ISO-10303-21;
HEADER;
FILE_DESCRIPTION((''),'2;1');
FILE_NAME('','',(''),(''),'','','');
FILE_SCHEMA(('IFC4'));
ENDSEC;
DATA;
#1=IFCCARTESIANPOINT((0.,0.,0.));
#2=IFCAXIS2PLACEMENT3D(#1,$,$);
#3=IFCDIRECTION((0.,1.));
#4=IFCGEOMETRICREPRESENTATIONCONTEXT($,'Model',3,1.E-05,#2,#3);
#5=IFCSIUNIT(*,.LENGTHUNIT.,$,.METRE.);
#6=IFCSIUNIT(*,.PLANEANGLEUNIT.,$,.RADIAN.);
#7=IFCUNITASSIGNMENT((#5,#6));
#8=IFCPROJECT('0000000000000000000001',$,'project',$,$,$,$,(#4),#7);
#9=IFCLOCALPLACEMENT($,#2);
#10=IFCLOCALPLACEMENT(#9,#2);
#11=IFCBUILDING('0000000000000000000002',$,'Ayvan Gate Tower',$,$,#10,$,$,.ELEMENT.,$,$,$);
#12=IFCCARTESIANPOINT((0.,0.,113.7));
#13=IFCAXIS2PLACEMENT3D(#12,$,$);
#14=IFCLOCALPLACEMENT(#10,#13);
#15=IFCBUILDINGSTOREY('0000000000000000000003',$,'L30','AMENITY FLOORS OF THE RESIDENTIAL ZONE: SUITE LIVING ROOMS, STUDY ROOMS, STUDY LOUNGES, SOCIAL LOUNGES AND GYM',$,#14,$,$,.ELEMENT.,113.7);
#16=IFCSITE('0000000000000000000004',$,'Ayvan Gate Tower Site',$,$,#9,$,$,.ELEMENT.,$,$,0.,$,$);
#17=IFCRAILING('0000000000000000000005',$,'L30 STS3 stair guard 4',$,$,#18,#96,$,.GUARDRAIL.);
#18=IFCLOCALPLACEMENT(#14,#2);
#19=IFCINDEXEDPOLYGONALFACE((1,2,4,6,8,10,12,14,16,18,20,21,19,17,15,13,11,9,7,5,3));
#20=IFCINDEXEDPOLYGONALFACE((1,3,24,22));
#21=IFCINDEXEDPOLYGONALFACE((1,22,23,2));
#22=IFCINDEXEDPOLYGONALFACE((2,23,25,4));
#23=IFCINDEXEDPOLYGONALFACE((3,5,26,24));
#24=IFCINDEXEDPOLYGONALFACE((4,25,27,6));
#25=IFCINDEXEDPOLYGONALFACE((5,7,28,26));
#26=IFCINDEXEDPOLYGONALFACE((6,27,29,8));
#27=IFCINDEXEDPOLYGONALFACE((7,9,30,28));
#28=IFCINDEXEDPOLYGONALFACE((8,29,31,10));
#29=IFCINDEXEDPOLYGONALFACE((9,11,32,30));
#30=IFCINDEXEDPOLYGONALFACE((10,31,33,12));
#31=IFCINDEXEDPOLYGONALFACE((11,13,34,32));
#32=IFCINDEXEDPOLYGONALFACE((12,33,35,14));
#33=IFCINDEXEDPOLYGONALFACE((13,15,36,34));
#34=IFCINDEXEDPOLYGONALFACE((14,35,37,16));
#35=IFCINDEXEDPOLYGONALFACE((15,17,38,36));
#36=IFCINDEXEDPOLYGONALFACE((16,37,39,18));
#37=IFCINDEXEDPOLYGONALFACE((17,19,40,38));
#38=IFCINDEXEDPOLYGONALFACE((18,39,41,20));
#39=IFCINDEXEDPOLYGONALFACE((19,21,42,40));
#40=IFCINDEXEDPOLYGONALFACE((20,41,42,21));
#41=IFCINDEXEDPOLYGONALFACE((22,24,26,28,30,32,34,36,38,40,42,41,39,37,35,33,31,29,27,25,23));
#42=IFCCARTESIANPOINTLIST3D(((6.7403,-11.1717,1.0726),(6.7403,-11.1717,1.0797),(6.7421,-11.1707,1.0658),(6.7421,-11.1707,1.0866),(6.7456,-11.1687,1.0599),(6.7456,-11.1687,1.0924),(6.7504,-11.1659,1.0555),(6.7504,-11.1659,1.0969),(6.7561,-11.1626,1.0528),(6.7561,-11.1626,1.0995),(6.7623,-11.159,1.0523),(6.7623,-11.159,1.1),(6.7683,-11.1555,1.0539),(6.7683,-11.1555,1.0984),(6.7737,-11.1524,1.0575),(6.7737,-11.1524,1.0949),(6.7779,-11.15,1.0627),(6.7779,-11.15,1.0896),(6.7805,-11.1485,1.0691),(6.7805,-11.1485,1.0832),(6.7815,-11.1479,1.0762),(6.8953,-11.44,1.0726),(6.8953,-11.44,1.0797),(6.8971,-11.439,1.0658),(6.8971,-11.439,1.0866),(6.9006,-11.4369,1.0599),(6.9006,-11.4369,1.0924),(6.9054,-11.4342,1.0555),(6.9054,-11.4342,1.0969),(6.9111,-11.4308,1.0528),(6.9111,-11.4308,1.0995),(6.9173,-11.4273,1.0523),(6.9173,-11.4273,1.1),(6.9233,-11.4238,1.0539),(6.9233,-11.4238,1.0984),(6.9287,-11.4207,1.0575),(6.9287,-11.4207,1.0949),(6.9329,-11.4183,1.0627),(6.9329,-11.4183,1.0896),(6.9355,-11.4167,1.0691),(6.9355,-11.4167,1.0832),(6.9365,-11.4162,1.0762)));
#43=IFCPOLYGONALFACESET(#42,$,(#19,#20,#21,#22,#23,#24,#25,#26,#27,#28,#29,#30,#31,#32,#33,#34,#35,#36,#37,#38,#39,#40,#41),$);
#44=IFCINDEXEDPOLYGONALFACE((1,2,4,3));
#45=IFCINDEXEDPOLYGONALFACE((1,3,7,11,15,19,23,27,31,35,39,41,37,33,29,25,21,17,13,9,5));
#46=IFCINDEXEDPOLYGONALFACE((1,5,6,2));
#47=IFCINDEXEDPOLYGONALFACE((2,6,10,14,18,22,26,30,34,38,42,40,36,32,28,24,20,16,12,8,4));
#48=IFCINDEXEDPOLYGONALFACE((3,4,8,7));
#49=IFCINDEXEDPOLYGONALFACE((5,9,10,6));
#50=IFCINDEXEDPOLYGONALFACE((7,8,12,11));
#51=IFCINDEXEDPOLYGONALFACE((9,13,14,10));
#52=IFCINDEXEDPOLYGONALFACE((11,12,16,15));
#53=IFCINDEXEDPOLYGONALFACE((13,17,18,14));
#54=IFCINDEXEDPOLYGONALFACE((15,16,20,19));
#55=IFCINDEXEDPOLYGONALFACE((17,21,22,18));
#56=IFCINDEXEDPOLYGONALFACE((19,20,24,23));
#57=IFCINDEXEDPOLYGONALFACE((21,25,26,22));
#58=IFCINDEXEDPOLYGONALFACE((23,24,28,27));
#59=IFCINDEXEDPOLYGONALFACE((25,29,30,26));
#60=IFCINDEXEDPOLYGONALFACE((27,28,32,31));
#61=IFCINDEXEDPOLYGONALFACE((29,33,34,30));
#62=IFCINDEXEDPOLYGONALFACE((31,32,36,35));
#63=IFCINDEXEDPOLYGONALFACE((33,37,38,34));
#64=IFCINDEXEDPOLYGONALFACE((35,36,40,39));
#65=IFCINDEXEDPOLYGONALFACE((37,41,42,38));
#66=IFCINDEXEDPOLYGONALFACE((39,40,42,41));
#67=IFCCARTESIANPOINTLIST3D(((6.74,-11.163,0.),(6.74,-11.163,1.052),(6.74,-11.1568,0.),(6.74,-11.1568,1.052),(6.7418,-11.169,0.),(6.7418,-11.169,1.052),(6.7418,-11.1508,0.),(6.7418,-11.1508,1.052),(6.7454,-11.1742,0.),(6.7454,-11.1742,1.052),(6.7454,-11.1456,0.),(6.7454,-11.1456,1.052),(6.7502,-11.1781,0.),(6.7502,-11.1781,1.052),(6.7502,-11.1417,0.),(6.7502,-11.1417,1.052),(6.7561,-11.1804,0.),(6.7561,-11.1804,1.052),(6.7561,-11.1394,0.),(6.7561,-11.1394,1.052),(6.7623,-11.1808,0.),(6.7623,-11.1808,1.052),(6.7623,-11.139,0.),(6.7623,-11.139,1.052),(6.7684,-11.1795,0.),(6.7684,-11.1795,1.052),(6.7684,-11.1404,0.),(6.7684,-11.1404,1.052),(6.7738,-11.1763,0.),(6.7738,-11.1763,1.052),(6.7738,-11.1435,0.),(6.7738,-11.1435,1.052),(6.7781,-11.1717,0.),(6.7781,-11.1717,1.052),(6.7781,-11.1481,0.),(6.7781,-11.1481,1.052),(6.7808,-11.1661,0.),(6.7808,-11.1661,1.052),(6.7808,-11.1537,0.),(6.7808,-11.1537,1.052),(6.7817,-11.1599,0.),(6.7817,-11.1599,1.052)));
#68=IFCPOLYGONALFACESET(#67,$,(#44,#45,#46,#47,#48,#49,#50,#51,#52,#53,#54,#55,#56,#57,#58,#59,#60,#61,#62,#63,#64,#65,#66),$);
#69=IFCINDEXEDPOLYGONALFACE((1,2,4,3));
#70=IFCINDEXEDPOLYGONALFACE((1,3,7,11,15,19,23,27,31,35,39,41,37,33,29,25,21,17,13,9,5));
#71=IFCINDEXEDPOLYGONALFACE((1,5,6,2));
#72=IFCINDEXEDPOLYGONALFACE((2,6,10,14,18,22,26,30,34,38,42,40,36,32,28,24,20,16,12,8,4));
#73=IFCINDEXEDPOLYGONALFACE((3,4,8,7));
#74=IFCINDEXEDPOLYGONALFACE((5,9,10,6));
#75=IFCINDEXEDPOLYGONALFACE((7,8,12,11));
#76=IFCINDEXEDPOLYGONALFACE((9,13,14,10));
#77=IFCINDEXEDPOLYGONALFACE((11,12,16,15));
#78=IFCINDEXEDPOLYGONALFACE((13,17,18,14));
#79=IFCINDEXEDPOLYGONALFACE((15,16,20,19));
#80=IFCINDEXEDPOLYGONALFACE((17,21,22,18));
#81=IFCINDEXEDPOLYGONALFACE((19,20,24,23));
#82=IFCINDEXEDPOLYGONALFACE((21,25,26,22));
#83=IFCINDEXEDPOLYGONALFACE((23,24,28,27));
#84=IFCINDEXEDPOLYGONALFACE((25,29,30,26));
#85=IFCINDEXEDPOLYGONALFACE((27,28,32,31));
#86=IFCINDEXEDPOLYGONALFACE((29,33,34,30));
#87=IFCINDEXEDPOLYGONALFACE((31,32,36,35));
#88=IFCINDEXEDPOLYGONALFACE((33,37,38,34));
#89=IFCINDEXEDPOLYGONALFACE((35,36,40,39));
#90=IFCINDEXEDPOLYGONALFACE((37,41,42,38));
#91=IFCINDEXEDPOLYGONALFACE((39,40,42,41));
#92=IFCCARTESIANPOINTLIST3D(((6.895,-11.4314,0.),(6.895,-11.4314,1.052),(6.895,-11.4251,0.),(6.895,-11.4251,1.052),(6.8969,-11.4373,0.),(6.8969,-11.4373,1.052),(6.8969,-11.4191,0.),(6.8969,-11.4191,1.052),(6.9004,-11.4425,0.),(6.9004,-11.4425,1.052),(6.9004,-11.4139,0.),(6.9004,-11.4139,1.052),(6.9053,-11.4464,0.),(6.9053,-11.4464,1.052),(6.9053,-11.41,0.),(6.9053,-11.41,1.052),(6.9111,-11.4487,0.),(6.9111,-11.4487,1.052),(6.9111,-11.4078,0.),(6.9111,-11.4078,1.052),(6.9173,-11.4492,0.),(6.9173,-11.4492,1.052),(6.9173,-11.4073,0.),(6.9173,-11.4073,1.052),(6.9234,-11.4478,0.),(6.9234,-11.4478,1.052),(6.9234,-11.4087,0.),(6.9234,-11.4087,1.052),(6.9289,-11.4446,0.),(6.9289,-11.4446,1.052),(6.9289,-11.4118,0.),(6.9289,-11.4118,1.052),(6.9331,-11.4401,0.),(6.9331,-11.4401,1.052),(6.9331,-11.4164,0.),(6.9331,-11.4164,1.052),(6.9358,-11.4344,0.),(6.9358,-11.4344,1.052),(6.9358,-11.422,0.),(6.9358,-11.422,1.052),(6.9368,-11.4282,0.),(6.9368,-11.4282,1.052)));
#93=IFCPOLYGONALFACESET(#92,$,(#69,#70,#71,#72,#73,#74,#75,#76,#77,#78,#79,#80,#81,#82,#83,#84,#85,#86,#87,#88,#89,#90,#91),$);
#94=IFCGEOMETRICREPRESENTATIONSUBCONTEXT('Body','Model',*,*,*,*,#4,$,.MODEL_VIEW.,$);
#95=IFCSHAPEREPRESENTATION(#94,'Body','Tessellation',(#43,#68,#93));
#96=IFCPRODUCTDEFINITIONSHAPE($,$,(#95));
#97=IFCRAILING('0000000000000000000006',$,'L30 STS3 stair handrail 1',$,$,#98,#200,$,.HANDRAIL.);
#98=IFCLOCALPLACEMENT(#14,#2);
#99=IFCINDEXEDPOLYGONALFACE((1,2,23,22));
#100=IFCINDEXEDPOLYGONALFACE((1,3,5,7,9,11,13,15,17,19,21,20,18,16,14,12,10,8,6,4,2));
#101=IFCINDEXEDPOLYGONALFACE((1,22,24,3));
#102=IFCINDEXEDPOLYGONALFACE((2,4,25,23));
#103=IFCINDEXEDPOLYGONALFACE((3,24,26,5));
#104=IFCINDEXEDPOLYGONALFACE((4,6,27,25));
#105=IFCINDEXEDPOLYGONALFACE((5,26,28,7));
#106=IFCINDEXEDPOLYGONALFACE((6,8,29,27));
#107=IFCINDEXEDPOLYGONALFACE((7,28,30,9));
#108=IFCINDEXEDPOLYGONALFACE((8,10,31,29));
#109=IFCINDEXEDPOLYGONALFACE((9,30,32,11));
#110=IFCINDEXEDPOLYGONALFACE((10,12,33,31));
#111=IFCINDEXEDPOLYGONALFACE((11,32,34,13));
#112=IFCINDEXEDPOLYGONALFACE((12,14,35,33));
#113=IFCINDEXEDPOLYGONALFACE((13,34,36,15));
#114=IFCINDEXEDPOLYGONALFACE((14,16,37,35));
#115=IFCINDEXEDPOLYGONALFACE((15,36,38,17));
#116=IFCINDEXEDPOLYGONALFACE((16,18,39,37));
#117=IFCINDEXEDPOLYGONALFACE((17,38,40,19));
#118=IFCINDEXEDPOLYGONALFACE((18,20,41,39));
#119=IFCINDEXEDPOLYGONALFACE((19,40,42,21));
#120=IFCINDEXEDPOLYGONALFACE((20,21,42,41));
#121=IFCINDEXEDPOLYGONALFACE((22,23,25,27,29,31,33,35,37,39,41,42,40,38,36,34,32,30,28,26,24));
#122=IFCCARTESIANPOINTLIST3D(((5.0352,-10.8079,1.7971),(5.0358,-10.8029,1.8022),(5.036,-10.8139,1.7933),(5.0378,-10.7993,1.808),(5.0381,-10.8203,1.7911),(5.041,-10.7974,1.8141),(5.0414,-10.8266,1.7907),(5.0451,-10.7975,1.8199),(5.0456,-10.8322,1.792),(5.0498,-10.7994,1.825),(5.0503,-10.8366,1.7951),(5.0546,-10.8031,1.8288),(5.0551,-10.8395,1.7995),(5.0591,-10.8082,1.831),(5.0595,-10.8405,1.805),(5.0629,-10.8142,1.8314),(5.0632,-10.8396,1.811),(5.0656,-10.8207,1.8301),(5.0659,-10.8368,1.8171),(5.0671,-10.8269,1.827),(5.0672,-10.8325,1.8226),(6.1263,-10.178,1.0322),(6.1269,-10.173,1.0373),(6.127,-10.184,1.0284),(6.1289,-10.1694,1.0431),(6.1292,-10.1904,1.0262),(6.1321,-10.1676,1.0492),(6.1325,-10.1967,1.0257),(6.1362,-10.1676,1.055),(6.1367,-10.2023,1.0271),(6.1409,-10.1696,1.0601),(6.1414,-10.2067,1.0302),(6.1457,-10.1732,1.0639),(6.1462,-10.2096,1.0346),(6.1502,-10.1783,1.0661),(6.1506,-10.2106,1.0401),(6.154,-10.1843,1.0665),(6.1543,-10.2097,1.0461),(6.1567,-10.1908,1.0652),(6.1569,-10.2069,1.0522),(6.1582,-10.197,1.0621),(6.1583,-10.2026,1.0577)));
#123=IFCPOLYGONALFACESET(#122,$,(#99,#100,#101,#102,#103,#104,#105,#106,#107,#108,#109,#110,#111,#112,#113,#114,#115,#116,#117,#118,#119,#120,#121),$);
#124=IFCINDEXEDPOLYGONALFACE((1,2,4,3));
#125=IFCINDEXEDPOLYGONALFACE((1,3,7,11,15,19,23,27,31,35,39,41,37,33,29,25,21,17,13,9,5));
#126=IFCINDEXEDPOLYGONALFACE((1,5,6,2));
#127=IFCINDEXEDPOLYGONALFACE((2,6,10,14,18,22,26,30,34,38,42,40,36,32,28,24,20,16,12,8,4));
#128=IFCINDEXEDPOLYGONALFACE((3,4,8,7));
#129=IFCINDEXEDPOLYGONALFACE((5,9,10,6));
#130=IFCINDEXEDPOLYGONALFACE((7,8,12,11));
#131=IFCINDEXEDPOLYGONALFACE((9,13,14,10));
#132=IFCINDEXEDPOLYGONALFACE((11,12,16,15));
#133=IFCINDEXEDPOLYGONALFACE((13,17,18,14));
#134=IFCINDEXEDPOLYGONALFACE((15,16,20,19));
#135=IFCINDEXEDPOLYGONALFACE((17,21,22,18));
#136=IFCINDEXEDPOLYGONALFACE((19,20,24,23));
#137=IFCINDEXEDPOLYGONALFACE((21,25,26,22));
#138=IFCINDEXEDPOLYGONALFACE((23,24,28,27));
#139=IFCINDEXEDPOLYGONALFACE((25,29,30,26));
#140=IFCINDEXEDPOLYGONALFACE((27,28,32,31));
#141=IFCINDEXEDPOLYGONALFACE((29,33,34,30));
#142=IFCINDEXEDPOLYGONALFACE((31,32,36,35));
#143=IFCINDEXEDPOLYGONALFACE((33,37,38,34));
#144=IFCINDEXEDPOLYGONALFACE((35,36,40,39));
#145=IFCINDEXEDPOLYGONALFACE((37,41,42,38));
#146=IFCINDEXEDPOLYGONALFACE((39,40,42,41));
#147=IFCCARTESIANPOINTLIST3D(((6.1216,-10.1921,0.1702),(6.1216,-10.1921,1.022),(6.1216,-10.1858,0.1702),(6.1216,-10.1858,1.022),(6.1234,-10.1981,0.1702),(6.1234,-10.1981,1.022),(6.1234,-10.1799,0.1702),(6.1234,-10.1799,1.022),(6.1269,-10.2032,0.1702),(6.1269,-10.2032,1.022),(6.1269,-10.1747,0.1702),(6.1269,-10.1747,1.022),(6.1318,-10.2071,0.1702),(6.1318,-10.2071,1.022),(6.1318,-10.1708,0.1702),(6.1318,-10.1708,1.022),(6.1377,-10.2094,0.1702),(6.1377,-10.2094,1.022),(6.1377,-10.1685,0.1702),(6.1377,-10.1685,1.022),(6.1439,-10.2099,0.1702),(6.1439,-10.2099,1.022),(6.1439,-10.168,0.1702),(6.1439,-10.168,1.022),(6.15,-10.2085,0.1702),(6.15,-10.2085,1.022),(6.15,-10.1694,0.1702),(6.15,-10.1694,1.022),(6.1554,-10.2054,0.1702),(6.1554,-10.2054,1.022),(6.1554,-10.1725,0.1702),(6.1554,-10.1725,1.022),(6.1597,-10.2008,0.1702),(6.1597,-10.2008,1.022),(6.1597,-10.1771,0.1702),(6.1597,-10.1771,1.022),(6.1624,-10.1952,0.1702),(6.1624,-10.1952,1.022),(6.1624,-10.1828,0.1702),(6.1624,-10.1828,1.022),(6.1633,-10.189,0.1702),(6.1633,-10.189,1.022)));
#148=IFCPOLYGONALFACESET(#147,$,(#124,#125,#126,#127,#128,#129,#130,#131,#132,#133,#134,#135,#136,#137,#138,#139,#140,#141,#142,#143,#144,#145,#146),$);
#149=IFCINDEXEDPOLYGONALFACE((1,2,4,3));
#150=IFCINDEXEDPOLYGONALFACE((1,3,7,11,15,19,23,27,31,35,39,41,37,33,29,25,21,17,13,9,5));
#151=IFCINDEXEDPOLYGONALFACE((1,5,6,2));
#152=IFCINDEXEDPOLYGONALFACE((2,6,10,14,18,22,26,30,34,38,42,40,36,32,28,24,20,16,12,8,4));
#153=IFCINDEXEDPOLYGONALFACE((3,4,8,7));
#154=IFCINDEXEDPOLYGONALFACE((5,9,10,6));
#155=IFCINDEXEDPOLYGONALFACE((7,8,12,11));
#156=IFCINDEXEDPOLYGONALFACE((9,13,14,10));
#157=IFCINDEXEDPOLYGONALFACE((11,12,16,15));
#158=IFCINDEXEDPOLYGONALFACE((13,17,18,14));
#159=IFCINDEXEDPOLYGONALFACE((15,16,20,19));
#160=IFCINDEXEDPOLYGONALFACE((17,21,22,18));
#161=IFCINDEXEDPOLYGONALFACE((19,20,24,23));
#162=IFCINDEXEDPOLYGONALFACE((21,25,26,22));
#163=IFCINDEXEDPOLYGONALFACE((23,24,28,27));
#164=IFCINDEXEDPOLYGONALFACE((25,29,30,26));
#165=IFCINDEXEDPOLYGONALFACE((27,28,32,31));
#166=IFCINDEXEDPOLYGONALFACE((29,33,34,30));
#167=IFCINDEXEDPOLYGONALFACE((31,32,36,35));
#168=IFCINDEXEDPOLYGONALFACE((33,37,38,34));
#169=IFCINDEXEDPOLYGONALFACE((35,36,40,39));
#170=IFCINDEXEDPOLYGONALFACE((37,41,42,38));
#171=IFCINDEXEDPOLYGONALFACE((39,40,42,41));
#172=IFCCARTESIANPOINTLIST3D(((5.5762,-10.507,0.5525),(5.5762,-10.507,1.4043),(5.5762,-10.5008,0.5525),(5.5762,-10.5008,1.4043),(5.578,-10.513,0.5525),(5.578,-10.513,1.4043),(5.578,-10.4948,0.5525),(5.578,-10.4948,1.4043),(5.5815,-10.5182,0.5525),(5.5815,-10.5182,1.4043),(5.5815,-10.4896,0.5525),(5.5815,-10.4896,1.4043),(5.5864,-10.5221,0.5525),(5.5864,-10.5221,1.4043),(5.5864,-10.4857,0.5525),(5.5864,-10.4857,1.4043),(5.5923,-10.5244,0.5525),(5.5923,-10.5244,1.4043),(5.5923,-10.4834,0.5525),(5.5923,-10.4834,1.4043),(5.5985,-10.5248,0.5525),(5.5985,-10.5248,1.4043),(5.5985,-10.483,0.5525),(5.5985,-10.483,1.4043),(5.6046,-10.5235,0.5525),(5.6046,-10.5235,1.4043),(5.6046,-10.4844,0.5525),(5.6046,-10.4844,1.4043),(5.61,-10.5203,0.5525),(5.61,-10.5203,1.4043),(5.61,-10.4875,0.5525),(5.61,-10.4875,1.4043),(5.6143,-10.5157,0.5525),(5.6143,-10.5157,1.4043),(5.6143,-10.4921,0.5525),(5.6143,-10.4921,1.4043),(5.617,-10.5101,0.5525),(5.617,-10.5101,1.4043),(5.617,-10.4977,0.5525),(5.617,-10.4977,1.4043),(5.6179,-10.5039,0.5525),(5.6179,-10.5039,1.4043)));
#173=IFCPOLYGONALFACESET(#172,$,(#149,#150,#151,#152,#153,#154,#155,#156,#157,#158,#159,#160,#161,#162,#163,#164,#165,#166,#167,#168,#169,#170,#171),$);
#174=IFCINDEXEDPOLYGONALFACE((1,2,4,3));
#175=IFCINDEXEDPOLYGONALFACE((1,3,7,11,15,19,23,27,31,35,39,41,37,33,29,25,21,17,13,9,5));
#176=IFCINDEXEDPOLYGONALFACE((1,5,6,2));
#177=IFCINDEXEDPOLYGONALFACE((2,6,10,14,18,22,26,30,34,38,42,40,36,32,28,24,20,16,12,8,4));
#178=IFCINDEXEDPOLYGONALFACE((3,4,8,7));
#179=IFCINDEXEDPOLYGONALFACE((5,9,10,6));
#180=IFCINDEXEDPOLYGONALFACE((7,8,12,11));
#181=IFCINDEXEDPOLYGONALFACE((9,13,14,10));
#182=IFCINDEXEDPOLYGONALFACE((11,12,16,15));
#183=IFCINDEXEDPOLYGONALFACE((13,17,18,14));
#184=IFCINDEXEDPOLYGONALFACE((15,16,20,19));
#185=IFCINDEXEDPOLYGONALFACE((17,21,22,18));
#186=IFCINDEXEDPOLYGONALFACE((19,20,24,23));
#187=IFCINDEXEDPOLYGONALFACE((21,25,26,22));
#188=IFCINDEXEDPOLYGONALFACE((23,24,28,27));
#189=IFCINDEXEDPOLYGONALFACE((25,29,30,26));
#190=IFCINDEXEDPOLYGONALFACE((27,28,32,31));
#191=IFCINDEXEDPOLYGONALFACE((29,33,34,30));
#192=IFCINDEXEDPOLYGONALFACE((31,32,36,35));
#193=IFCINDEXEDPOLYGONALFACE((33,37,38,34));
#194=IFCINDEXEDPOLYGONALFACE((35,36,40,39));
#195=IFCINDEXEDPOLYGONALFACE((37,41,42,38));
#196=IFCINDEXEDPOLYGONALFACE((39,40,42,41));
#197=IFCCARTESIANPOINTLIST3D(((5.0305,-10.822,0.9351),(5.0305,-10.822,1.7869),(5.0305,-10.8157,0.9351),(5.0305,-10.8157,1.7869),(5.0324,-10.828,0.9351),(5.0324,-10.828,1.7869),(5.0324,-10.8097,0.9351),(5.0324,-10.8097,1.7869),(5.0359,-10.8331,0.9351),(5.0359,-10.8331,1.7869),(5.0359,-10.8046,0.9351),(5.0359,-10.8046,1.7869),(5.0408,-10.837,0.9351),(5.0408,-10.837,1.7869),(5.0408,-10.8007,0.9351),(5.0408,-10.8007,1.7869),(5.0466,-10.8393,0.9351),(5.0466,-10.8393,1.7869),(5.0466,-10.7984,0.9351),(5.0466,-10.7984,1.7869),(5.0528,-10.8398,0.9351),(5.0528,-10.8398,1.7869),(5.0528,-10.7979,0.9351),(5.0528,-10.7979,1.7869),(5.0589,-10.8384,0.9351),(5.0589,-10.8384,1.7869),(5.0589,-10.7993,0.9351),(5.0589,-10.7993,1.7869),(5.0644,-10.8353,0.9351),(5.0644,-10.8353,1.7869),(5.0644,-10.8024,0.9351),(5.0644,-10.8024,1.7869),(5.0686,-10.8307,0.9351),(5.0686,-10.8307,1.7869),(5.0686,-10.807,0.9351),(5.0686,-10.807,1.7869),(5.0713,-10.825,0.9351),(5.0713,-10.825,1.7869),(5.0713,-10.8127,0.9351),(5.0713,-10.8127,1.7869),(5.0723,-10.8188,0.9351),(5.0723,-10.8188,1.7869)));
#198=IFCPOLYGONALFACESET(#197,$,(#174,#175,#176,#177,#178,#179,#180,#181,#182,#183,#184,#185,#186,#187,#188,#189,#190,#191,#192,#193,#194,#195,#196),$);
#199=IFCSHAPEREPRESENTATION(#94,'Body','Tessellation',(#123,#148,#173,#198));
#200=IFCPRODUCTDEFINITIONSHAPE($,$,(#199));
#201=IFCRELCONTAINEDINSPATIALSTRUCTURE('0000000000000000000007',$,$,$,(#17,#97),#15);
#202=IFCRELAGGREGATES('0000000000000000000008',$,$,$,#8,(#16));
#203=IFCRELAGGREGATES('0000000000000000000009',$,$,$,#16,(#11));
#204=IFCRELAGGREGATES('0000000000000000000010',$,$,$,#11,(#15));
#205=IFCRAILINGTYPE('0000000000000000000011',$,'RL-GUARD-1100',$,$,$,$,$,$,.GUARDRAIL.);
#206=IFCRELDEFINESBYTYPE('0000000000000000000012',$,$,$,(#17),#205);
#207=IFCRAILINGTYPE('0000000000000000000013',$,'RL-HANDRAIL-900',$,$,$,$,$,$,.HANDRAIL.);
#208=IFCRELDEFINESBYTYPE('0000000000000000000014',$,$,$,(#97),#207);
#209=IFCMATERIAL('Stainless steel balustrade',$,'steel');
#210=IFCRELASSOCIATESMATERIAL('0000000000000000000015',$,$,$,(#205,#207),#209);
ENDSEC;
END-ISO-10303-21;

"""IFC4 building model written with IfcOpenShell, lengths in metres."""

from ifc_helpers import new_model, si_unit, direction, frame, origin, origin_2d, place, context, subcontext, project, spatial, circle, extrude, material, type_object, element, save


model = new_model("IFC4")

# Units and contexts
model_context = context("Model", 3, precision=1e-05, world=origin(), true_north=direction((0.0, 1.0)))
body_context = subcontext(model_context, "Body", "Model", "MODEL_VIEW")
ifc_project = project(units=[si_unit("LENGTHUNIT", "METRE"), si_unit("PLANEANGLEUNIT", "RADIAN")], contexts=[model_context])

# Site, building, storey
site_placement = place(None, origin())
site = spatial("IfcSite", under=ifc_project, at=site_placement, Name="Ayvan Gate Tower Site", CompositionType="ELEMENT", RefElevation=0.0)
building_placement = place(site_placement, origin())
building = spatial("IfcBuilding", under=site, at=building_placement, Name="Ayvan Gate Tower", CompositionType="ELEMENT")
storey_placement = place(building_placement, frame((0.0, 0.0, 113.7)))
storey = spatial("IfcBuildingStorey", under=building, at=storey_placement, Name="L30", Description="AMENITY FLOORS OF THE RESIDENTIAL ZONE: SUITE LIVING ROOMS, STUDY ROOMS, STUDY LOUNGES, SOCIAL LOUNGES AND GYM", CompositionType="ELEMENT", Elevation=113.7)

# Railings
ifc_material_1 = material(Name="Stainless steel balustrade", Category="steel")
railing_type_1 = type_object("IfcRailingType", Name="RL-GUARD-1100", PredefinedType="GUARDRAIL", material=ifc_material_1)
railing_1_placement = place(storey_placement, frame((6.7607, -11.1599, 0.0)))
element("IfcRailing", 1, at=railing_1_placement, inside=storey, type_object=railing_type_1, Name="L30 STS3 stair guard 4", PredefinedType="GUARDRAIL", context=body_context, shape_type="SweptSolid", body=[
    extrude(circle(Radius=0.0239, at=origin_2d()), frame((0.0, 0.0, 1.0762), z_axis=(0.500291, -0.865857, 0.0), x_axis=(0.865857, 0.500291, 0.0)), (0.0, 0.0, 1.0), 0.3098),
    extrude(circle(Radius=0.021, at=origin_2d()), origin(), (0.0, 0.0, 1.0), 1.052),
    extrude(circle(Radius=0.021, at=origin_2d()), frame((0.155, -0.2683, 0.0)), (0.0, 0.0, 1.0), 1.052),
])
railing_type_2 = type_object("IfcRailingType", Name="RL-HANDRAIL-900", PredefinedType="HANDRAIL", material=ifc_material_1)
railing_2_placement = place(storey_placement, frame((6.1423, -10.189, 0.1702)))
element("IfcRailing", 2, at=railing_2_placement, inside=storey, type_object=railing_type_2, Name="L30 STS3 stair handrail 1", PredefinedType="HANDRAIL", context=body_context, shape_type="SweptSolid", body=[
    extrude(circle(Radius=0.0239, at=origin_2d()), frame((0.0, 0.0, 0.876), z_axis=(-0.740282, -0.427372, 0.518976), x_axis=(0.499974, -0.86604, 0.0)), (0.0, 0.0, 1.0), 1.4739),
    extrude(circle(Radius=0.021, at=origin_2d()), origin(), (0.0, 0.0, 1.0), 0.8518),
    extrude(circle(Radius=0.021, at=origin_2d()), frame((-0.5454, -0.3149, 0.3823)), (0.0, 0.0, 1.0), 0.8518),
    extrude(circle(Radius=0.021, at=origin_2d()), frame((-1.0911, -0.6299, 0.7649)), (0.0, 0.0, 1.0), 0.8518),
])

save(model, "model.ifc")
